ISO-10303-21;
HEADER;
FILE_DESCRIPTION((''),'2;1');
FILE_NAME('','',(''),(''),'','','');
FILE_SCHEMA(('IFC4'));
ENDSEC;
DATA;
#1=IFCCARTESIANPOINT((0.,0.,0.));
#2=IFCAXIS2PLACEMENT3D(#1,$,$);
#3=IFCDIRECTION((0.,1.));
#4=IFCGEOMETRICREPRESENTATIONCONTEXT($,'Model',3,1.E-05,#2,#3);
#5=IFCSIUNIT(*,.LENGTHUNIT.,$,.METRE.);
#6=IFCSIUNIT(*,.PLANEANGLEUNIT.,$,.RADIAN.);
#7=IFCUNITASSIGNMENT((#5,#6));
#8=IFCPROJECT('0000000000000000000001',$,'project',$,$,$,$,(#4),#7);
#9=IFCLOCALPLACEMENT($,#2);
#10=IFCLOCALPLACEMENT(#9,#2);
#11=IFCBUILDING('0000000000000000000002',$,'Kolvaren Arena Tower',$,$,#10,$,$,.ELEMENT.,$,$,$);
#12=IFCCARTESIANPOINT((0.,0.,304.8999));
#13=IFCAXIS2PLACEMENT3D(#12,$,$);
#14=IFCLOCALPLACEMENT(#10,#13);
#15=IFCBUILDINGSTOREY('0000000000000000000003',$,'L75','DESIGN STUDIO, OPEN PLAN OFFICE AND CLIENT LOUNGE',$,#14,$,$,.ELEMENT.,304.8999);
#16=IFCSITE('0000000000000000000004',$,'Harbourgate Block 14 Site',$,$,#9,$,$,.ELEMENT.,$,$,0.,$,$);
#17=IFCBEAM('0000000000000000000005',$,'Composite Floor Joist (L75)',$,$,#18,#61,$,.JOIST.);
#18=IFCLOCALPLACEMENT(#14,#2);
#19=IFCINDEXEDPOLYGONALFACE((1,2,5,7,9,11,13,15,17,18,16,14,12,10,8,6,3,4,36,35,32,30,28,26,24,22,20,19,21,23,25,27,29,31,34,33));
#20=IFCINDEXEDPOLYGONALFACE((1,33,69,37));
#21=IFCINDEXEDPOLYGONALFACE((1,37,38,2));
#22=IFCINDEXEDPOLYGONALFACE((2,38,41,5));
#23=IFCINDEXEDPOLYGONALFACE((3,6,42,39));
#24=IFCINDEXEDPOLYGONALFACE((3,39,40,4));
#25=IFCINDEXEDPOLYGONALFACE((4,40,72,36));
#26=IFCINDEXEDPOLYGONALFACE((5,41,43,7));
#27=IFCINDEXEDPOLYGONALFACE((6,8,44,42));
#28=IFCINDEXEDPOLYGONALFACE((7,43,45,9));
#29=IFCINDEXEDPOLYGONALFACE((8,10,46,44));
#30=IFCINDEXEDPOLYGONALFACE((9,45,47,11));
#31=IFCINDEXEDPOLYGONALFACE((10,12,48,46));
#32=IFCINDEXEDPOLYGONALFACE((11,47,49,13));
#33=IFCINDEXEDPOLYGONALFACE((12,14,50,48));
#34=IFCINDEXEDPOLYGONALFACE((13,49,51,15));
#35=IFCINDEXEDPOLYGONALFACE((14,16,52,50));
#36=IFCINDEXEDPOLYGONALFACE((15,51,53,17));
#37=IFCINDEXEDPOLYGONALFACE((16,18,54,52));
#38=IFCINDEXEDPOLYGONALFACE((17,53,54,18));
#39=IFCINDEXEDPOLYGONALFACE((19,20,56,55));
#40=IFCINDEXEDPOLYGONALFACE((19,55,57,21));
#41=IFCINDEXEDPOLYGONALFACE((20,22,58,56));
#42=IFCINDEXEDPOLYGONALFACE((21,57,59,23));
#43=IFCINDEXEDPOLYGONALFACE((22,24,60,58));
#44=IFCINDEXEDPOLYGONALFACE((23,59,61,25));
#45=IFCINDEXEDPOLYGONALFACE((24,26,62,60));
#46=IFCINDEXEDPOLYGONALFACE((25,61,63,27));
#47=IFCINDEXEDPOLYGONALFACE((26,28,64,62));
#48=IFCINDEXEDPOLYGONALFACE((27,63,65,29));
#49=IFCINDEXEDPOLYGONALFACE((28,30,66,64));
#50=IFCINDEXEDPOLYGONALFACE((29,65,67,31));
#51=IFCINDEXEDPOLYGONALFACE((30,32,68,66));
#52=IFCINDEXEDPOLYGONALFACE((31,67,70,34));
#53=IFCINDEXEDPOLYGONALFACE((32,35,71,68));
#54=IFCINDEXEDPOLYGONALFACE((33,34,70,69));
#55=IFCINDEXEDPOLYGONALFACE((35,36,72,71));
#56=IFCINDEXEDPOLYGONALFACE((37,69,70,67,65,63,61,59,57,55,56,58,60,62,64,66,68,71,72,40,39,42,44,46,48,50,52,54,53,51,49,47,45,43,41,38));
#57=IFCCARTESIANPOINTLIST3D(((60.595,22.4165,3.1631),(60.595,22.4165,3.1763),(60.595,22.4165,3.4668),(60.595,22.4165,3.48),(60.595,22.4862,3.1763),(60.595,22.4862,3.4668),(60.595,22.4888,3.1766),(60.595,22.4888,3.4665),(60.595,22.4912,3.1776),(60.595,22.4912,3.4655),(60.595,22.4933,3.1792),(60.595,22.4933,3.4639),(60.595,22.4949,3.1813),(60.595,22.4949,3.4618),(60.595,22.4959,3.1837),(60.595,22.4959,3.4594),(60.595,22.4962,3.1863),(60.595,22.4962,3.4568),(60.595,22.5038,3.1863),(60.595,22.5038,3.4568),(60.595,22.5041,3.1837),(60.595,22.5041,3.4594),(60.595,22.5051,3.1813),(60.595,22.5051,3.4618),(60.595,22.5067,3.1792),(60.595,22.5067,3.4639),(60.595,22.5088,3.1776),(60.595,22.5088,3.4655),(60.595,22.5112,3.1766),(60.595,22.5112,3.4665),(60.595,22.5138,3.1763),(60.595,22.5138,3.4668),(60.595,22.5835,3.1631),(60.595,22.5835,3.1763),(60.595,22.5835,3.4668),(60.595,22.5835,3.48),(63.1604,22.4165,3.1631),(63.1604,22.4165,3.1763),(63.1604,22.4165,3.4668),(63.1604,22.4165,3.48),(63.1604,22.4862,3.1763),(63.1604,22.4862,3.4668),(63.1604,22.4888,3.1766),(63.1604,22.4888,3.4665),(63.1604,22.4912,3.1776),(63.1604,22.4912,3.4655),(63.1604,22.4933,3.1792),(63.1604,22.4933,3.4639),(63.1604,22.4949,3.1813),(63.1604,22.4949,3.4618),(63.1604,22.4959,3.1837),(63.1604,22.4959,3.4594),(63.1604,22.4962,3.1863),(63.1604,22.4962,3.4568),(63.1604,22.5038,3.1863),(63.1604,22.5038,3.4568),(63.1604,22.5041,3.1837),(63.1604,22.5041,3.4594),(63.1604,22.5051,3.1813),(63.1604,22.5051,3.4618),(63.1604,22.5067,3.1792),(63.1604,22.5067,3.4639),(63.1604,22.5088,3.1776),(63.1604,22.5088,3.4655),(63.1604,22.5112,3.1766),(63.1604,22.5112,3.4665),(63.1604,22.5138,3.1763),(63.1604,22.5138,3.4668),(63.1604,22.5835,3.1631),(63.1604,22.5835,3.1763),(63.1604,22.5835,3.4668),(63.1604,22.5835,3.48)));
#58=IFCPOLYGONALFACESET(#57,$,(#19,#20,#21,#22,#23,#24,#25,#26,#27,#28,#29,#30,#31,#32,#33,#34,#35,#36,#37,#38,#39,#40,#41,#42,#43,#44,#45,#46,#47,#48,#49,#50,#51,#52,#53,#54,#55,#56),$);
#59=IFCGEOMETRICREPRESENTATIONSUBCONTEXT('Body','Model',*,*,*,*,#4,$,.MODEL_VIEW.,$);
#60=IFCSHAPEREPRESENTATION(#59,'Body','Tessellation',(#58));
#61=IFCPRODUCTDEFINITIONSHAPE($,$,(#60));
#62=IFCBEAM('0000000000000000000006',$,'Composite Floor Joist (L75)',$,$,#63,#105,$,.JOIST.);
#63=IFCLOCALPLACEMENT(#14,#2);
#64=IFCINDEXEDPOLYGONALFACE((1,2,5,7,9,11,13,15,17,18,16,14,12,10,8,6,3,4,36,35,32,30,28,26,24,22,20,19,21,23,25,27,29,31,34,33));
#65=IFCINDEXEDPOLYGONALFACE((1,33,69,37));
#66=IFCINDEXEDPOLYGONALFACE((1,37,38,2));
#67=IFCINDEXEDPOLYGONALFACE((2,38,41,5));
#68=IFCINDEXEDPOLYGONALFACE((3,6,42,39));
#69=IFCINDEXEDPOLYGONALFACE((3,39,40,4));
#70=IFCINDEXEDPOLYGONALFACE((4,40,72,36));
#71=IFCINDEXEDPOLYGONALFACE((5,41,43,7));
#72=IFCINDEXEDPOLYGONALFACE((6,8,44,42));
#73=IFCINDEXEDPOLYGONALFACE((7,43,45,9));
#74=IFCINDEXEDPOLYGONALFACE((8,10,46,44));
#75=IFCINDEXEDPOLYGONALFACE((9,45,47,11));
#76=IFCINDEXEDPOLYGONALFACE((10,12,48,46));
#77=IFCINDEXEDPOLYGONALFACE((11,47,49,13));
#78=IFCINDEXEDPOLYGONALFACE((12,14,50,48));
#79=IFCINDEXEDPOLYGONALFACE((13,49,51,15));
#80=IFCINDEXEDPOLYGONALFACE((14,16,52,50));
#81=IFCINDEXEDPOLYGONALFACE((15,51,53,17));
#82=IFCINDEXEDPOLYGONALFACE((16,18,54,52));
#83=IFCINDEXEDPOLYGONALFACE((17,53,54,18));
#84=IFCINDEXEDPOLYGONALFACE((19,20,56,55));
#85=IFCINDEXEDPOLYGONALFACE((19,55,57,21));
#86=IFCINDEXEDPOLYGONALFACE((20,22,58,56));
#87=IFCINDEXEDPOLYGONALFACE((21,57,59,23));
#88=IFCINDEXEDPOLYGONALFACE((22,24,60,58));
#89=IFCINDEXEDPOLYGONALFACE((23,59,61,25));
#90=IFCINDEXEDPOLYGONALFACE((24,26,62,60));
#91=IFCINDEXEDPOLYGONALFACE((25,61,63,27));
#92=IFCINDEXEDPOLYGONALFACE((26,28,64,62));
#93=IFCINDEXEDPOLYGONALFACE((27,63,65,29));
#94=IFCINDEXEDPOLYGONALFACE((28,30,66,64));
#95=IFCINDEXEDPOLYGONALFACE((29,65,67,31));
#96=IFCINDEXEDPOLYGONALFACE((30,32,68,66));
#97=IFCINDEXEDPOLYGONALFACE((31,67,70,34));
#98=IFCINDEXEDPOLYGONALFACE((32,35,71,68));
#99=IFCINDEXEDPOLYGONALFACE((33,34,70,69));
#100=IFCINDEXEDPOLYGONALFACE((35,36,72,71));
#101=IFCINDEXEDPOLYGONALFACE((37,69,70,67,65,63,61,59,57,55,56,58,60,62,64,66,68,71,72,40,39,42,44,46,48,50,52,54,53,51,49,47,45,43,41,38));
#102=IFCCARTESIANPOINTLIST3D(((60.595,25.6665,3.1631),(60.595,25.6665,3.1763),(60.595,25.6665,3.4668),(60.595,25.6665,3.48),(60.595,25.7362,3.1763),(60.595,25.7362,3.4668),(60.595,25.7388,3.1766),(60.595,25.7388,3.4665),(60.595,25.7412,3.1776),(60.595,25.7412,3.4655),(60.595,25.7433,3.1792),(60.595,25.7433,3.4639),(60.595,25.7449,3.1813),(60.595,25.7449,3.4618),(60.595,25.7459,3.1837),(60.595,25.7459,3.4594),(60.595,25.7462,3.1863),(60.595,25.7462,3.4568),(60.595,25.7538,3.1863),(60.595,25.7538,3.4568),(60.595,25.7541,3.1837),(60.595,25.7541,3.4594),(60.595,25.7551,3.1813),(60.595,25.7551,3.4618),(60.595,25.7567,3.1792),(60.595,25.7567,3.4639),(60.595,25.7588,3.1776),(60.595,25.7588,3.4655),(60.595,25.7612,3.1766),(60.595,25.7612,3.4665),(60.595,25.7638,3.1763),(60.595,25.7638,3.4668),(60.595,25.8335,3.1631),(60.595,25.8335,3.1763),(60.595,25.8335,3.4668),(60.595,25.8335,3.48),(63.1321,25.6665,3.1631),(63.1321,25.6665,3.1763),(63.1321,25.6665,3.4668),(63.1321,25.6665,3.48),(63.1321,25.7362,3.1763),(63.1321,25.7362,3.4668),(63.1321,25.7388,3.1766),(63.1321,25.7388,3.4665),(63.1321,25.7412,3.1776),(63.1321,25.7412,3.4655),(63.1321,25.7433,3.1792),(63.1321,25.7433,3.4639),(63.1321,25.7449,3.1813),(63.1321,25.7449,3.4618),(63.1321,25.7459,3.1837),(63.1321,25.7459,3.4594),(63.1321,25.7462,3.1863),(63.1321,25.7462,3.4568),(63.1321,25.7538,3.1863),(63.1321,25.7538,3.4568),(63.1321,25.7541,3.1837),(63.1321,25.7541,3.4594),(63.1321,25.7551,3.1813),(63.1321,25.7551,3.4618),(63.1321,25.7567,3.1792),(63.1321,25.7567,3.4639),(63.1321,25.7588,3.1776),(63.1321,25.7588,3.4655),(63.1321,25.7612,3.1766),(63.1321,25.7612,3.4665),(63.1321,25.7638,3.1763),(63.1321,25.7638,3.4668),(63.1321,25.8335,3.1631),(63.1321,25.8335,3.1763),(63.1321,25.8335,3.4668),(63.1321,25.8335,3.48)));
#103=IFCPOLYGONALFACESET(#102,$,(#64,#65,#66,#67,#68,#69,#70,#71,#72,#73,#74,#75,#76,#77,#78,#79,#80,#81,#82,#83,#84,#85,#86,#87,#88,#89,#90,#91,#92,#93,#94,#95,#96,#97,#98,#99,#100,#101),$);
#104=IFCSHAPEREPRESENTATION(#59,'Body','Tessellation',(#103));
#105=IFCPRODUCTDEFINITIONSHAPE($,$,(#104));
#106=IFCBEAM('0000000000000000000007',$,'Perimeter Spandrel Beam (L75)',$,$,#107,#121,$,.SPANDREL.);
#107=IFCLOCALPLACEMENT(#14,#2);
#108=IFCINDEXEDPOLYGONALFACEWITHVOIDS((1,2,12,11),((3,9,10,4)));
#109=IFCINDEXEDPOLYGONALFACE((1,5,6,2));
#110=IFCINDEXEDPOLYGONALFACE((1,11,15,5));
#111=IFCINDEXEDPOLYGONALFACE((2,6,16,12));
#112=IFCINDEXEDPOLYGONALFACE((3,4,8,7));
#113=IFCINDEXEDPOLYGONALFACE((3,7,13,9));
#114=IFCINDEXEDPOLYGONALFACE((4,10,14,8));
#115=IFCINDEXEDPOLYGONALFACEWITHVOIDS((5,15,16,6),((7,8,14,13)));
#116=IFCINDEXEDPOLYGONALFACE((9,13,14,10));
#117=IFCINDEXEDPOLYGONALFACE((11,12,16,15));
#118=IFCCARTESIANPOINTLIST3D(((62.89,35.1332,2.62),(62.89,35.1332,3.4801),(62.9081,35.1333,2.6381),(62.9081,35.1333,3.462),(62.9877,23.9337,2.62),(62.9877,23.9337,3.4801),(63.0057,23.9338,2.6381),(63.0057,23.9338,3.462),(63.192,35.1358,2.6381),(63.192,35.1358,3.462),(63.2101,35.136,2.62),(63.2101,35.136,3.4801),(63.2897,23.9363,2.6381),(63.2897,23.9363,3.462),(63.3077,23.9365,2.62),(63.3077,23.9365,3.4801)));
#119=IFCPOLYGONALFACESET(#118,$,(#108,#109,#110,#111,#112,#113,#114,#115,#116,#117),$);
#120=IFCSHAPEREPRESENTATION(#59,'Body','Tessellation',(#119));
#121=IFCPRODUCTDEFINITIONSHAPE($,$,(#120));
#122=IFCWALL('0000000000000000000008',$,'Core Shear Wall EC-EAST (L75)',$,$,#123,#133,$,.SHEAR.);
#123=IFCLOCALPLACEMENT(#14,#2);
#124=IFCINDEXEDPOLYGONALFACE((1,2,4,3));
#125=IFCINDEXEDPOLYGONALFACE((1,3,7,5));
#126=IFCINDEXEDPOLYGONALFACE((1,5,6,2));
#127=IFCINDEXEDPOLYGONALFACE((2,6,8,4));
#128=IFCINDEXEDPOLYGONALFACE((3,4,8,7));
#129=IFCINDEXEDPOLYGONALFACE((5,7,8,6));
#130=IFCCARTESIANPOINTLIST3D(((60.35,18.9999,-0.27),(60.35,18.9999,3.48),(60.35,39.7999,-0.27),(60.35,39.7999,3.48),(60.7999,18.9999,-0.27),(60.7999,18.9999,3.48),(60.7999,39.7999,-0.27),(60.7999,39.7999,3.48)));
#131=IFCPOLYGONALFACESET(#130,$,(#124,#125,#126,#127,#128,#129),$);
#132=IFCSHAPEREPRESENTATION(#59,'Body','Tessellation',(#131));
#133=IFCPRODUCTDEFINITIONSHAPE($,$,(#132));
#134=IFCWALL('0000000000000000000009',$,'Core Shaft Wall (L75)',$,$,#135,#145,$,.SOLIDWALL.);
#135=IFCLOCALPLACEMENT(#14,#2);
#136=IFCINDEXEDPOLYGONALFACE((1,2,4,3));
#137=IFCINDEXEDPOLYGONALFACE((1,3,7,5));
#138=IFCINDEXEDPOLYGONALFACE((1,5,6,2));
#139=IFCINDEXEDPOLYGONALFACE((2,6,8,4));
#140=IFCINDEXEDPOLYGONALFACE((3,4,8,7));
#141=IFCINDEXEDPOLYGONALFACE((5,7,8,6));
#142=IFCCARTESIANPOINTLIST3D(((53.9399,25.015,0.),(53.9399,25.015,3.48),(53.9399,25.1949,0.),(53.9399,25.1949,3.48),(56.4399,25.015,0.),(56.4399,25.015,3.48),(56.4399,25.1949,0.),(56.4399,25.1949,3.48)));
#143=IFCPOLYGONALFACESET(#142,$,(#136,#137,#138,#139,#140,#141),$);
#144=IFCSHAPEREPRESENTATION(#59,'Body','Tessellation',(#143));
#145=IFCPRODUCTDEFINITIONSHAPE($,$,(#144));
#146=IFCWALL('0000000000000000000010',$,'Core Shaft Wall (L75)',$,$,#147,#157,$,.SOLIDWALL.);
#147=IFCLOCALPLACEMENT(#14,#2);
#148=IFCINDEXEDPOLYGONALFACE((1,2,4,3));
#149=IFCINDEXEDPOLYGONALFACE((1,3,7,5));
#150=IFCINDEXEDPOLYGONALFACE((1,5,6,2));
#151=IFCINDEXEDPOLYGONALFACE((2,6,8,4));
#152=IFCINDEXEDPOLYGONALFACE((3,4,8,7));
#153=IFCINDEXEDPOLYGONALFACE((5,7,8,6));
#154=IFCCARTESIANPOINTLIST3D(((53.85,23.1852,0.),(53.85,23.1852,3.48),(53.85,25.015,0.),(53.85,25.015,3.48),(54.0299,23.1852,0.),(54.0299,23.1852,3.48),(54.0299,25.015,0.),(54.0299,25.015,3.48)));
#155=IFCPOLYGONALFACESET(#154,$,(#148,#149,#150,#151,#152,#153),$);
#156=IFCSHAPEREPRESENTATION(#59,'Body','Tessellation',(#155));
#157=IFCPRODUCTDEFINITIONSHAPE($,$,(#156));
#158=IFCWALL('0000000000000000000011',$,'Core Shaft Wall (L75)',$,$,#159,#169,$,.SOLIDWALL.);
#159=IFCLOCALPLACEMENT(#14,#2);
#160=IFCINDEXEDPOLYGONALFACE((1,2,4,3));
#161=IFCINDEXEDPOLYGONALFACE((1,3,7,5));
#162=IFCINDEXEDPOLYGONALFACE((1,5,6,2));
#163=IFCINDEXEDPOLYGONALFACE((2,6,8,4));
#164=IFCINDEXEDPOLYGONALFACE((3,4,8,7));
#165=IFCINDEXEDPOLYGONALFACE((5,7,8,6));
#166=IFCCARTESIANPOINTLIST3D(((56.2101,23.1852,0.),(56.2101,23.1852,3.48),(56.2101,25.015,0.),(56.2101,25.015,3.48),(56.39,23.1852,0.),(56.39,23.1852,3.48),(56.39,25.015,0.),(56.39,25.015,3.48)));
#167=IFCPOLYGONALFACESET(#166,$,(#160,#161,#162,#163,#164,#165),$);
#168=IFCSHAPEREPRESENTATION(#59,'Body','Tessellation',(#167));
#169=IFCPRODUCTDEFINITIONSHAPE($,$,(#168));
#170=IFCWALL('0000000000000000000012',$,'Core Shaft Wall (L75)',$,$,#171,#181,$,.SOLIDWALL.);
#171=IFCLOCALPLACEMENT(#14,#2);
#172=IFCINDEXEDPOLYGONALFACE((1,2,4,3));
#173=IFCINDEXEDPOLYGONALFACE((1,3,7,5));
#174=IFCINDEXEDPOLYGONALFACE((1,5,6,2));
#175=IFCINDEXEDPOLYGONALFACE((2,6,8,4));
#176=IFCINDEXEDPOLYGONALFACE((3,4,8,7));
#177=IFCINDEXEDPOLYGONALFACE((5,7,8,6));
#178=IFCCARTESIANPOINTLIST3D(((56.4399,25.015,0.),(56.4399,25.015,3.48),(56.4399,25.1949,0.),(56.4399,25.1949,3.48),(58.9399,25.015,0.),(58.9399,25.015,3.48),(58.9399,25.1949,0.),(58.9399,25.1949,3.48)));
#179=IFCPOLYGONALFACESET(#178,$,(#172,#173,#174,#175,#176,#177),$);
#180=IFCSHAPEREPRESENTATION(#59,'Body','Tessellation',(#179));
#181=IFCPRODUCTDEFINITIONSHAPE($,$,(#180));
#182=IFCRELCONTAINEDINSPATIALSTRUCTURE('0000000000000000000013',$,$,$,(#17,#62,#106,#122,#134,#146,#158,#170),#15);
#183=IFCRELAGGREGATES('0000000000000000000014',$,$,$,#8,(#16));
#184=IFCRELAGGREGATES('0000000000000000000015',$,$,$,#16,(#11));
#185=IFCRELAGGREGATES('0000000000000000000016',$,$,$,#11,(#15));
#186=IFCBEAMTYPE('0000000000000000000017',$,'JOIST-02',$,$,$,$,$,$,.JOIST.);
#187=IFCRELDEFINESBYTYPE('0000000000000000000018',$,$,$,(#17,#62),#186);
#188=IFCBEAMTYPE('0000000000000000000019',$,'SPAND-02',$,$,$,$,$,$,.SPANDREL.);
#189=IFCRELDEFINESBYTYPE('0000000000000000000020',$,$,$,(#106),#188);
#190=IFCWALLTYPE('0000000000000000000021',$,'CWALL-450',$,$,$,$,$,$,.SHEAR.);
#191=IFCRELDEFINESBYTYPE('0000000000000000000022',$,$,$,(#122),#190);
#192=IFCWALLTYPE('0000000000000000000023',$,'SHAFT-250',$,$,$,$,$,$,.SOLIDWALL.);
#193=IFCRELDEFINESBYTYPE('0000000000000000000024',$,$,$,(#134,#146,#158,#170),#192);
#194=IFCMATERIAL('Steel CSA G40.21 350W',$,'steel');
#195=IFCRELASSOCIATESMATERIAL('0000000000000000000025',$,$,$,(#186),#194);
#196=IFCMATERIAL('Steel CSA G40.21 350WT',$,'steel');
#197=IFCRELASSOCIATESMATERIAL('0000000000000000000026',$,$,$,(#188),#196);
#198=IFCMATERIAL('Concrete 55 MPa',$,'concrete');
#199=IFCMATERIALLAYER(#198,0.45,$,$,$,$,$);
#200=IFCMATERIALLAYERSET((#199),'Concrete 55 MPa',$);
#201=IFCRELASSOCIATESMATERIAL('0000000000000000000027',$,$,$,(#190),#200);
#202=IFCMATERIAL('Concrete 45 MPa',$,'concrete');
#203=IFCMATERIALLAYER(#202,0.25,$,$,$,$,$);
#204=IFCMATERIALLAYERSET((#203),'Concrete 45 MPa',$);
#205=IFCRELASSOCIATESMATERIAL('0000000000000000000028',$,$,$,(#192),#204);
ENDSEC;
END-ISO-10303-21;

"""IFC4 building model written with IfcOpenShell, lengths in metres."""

from ifc_helpers import new_model, si_unit, direction, frame, frame_2d, origin, origin_2d, place, context, subcontext, project, spatial, rectangle, hollow_rectangle, i_section, extrude, material, layer, layer_set, material_profile, profile_set, type_object, element, save


model = new_model("IFC4")

# Units and contexts
model_context = context("Model", 3, precision=1e-05, world=origin(), true_north=direction((0.0, 1.0)))
body_context = subcontext(model_context, "Body", "Model", "MODEL_VIEW")
ifc_project = project(units=[si_unit("LENGTHUNIT", "METRE"), si_unit("PLANEANGLEUNIT", "RADIAN")], contexts=[model_context])

# Site, building, storey
site_placement = place(None, origin())
site = spatial("IfcSite", under=ifc_project, at=site_placement, Name="Harbourgate Block 14 Site", CompositionType="ELEMENT", RefElevation=0.0)
building_placement = place(site_placement, origin())
building = spatial("IfcBuilding", under=site, at=building_placement, Name="Kolvaren Arena Tower", CompositionType="ELEMENT")
storey_placement = place(building_placement, frame((0.0, 0.0, 304.8999)))
storey = spatial("IfcBuildingStorey", under=building, at=storey_placement, Name="L75", Description="DESIGN STUDIO, OPEN PLAN OFFICE AND CLIENT LOUNGE", CompositionType="ELEMENT", Elevation=304.8999)

# Beams
ifc_material_1 = material(Name="Steel CSA G40.21 350W", Category="steel")
ifc_material_profile_1 = material_profile(ifc_material_1, i_section(OverallWidth=0.167, OverallDepth=0.3169, WebThickness=0.0076, FlangeThickness=0.0132, FilletRadius=0.01, at=origin_2d()), Name="W310x52")
ifc_profile_set_1 = profile_set([ifc_material_profile_1], Name="Steel CSA G40.21 350W")
beam_type_1 = type_object("IfcBeamType", Name="JOIST-02", PredefinedType="JOIST", material=ifc_profile_set_1)
beam_1_placement = place(storey_placement, frame((60.595, 22.5, 3.3215), z_axis=(1.0, 0.0, 0.0), x_axis=(0.0, 1.0, 0.0)))
element("IfcBeam", 1, at=beam_1_placement, inside=storey, type_object=beam_type_1, Name="Composite Floor Joist (L75)", PredefinedType="JOIST", context=body_context, shape_type="SweptSolid", body=[
    extrude(i_section(OverallWidth=0.167, OverallDepth=0.3169, WebThickness=0.0076, FlangeThickness=0.0132, FilletRadius=0.01, at=origin_2d()), origin(), (0.0, 0.0, 1.0), 2.5654),
])
beam_2_placement = place(storey_placement, frame((60.595, 25.75, 3.3215), z_axis=(1.0, 0.0, 0.0), x_axis=(0.0, 1.0, 0.0)))
element("IfcBeam", 2, at=beam_2_placement, inside=storey, type_object=beam_type_1, Name="Composite Floor Joist (L75)", PredefinedType="JOIST", context=body_context, shape_type="SweptSolid", body=[
    extrude(i_section(OverallWidth=0.167, OverallDepth=0.3169, WebThickness=0.0076, FlangeThickness=0.0132, FilletRadius=0.01, at=origin_2d()), origin(), (0.0, 0.0, 1.0), 2.5371),
])
ifc_material_2 = material(Name="Steel CSA G40.21 350WT", Category="steel")
ifc_material_profile_2 = material_profile(ifc_material_2, hollow_rectangle(XDim=0.3201, YDim=0.8601, WallThickness=0.0181, at=origin_2d()), Name="HSS 860x320x18")
ifc_profile_set_2 = profile_set([ifc_material_profile_2], Name="Steel CSA G40.21 350WT")
beam_type_2 = type_object("IfcBeamType", Name="SPAND-02", PredefinedType="SPANDREL", material=ifc_profile_set_2)
beam_3_placement = place(storey_placement, frame((63.1477, 23.9351, 3.05), z_axis=(-0.008719, 0.999962, 0.0), x_axis=(-0.999962, -0.008719, 0.0)))
element("IfcBeam", 3, at=beam_3_placement, inside=storey, type_object=beam_type_2, Name="Perimeter Spandrel Beam (L75)", PredefinedType="SPANDREL", context=body_context, shape_type="SweptSolid", body=[
    extrude(hollow_rectangle(XDim=0.3201, YDim=0.8601, WallThickness=0.0181, at=origin_2d()), origin(), (0.0, 0.0, 1.0), 11.2),
])

# Walls
ifc_material_3 = material(Name="Concrete 55 MPa", Category="concrete")
ifc_layer_1 = layer(ifc_material_3, 0.45)
ifc_layer_set_1 = layer_set([ifc_layer_1], Name="Concrete 55 MPa")
wall_type_1 = type_object("IfcWallType", Name="CWALL-450", PredefinedType="SHEAR", material=ifc_layer_set_1)
wall_1_placement = place(storey_placement, frame((60.575, 19.0, -0.27), z_axis=(0.0, 0.0, 1.0), x_axis=(0.0, 1.0, 0.0)))
element("IfcWall", 4, at=wall_1_placement, inside=storey, type_object=wall_type_1, Name="Core Shear Wall EC-EAST (L75)", PredefinedType="SHEAR", context=body_context, shape_type="SweptSolid", body=[
    extrude(rectangle(XDim=20.8, YDim=0.45, at=frame_2d((10.3999, 0.0))), origin(), (0.0, 0.0, 1.0), 3.75),
])
ifc_material_4 = material(Name="Concrete 45 MPa", Category="concrete")
ifc_layer_2 = layer(ifc_material_4, 0.25)
ifc_layer_set_2 = layer_set([ifc_layer_2], Name="Concrete 45 MPa")
wall_type_2 = type_object("IfcWallType", Name="SHAFT-250", PredefinedType="SOLIDWALL", material=ifc_layer_set_2)
wall_2_placement = place(storey_placement, frame((53.9399, 25.105, 0.0), z_axis=(0.0, 0.0, 1.0), x_axis=(1.0, 0.0, 0.0)))
element("IfcWall", 5, at=wall_2_placement, inside=storey, type_object=wall_type_2, Name="Core Shaft Wall (L75)", PredefinedType="SOLIDWALL", context=body_context, shape_type="SweptSolid", body=[
    extrude(rectangle(XDim=2.5, YDim=0.1799, at=frame_2d((1.25, 0.0))), origin(), (0.0, 0.0, 1.0), 3.48),
])
for number, where, z_axis, x_axis, name in (
    (6, (53.9399, 23.1851, 0.0), (0.0, 0.0, 1.0), (0.0, 1.0, 0.0), "Core Shaft Wall (L75)"),
    (7, (56.3, 23.1851, 0.0), (0.0, 0.0, 1.0), (0.0, 1.0, 0.0), "Core Shaft Wall (L75)"),
):
    element("IfcWall", number, at=place(storey_placement, frame(where, z_axis=z_axis, x_axis=x_axis)), inside=storey, type_object=wall_type_2, Name=name, PredefinedType="SOLIDWALL", context=body_context, shape_type="SweptSolid", body=[
        extrude(rectangle(XDim=1.8298, YDim=0.1799, at=frame_2d((0.915, 0.0))), origin(), (0.0, 0.0, 1.0), 3.48),
    ])
wall_3_placement = place(storey_placement, frame((56.4399, 25.105, 0.0), z_axis=(0.0, 0.0, 1.0), x_axis=(1.0, 0.0, 0.0)))
element("IfcWall", 8, at=wall_3_placement, inside=storey, type_object=wall_type_2, Name="Core Shaft Wall (L75)", PredefinedType="SOLIDWALL", context=body_context, shape_type="SweptSolid", body=[
    extrude(rectangle(XDim=2.5, YDim=0.1799, at=frame_2d((1.25, 0.0))), origin(), (0.0, 0.0, 1.0), 3.48),
])

save(model, "model.ifc")
